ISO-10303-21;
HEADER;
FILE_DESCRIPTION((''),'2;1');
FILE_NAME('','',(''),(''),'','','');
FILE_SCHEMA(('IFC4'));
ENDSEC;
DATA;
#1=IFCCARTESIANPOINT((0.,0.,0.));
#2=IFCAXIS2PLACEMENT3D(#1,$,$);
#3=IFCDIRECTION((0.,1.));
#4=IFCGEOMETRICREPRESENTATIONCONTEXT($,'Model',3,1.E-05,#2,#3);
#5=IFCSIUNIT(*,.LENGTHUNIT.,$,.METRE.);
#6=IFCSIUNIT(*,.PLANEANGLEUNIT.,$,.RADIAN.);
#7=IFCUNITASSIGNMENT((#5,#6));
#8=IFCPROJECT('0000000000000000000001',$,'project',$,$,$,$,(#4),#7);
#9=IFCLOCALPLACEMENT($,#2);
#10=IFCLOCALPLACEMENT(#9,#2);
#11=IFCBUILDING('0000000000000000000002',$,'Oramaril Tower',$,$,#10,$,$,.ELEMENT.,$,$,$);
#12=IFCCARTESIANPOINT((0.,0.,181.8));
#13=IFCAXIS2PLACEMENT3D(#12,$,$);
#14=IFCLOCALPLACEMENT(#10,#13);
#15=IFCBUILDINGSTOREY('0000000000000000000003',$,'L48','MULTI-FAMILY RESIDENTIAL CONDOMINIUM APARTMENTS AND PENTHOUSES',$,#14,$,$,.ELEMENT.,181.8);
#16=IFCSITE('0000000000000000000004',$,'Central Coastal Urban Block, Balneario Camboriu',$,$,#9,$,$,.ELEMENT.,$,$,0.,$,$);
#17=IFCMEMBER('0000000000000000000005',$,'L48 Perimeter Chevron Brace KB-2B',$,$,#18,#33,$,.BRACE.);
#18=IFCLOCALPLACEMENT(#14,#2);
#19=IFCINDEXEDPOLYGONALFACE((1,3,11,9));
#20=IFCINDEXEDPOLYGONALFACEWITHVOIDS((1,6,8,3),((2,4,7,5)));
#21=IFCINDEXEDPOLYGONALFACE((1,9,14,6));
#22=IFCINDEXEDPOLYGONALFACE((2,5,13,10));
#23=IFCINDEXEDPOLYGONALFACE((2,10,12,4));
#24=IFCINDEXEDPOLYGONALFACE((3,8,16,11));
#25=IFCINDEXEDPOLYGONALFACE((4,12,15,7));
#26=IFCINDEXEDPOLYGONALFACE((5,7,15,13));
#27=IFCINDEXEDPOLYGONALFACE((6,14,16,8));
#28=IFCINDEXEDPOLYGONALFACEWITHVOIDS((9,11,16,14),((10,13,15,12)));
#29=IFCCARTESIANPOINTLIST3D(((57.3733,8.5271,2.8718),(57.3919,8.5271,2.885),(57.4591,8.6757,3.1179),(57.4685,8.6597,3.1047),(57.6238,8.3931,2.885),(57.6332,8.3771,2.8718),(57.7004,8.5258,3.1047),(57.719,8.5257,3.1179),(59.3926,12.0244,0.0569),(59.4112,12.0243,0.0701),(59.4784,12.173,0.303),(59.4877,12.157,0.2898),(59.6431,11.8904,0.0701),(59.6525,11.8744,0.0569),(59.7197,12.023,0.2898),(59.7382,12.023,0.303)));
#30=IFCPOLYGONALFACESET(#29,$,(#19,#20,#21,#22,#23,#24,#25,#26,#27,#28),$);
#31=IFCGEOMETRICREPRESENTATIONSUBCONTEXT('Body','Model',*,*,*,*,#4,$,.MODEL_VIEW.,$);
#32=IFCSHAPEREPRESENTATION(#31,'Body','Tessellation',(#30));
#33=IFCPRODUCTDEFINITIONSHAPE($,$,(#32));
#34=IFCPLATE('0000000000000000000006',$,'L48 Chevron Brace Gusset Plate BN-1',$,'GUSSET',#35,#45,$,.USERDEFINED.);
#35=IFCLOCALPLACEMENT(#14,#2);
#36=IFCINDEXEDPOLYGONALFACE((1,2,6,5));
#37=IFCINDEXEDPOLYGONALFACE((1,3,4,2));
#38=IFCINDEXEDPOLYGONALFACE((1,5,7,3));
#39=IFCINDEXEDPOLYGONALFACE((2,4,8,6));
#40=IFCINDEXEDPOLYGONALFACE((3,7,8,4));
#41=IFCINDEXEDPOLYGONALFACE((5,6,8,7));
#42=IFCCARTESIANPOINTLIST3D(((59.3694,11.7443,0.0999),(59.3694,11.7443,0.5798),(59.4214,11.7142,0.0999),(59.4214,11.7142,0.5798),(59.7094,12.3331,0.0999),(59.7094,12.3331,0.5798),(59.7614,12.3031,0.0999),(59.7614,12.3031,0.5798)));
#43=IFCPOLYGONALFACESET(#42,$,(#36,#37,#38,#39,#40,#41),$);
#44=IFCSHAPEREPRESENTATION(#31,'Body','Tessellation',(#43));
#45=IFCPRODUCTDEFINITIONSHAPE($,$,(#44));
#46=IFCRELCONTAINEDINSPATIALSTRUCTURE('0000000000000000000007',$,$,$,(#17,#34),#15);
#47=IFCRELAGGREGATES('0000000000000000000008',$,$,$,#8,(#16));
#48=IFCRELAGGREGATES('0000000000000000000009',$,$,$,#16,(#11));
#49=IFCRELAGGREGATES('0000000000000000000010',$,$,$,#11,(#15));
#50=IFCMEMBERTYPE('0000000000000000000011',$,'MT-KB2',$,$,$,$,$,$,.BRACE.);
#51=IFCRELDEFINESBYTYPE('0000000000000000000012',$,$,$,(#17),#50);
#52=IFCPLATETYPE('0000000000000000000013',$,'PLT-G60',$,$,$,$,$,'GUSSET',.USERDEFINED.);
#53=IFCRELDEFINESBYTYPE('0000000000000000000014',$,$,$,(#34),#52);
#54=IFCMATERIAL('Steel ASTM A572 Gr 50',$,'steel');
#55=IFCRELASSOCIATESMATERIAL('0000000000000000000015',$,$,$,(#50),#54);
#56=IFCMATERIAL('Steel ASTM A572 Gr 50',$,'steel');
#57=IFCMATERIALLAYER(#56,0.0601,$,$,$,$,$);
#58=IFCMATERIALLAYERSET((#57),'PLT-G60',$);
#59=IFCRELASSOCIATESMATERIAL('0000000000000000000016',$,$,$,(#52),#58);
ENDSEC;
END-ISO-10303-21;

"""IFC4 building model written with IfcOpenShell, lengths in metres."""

from ifc_helpers import new_model, si_unit, direction, frame, origin, origin_2d, place, context, subcontext, project, spatial, rectangle, hollow_rectangle, extrude, material, layer, layer_set, material_profile, profile_set, type_object, element, save


model = new_model("IFC4")

# Units and contexts
model_context = context("Model", 3, precision=1e-05, world=origin(), true_north=direction((0.0, 1.0)))
body_context = subcontext(model_context, "Body", "Model", "MODEL_VIEW")
ifc_project = project(units=[si_unit("LENGTHUNIT", "METRE"), si_unit("PLANEANGLEUNIT", "RADIAN")], contexts=[model_context])

# Site, building, storey
site_placement = place(None, origin())
site = spatial("IfcSite", under=ifc_project, at=site_placement, Name="Central Coastal Urban Block, Balneario Camboriu", CompositionType="ELEMENT", RefElevation=0.0)
building_placement = place(site_placement, origin())
building = spatial("IfcBuilding", under=site, at=building_placement, Name="Oramaril Tower", CompositionType="ELEMENT")
storey_placement = place(building_placement, frame((0.0, 0.0, 181.8)))
storey = spatial("IfcBuildingStorey", under=building, at=storey_placement, Name="L48", Description="MULTI-FAMILY RESIDENTIAL CONDOMINIUM APARTMENTS AND PENTHOUSES", CompositionType="ELEMENT", Elevation=181.8)

# Member
ifc_material_1 = material(Name="Steel ASTM A572 Gr 50", Category="steel")
ifc_material_profile_1 = material_profile(ifc_material_1, hollow_rectangle(XDim=0.3, YDim=0.3, WallThickness=0.0161, at=origin_2d()), Name="HSS300X300X16")
ifc_profile_set_1 = profile_set([ifc_material_profile_1], Name="Steel ASTM A572 Gr 50")
member_type = type_object("IfcMemberType", Name="MT-KB2", PredefinedType="BRACE", material=ifc_profile_set_1)
member_placement = place(storey_placement, frame((59.5654, 12.0237, 0.1799), z_axis=(-0.410202, -0.710452, 0.571833), x_axis=(0.866013, -0.500021, 0.0)))
element("IfcMember", 1, at=member_placement, inside=storey, type_object=member_type, Name="L48 Perimeter Chevron Brace KB-2B", PredefinedType="BRACE", context=body_context, shape_type="SweptSolid", body=[
    extrude(hollow_rectangle(XDim=0.3, YDim=0.3, WallThickness=0.0161, at=origin_2d()), origin(), (0.0, 0.0, 1.0), 4.9226),
])

# Plate
ifc_material_2 = material(Name="Steel ASTM A572 Gr 50", Category="steel")
ifc_layer_1 = layer(ifc_material_2, 0.0601)
ifc_layer_set_1 = layer_set([ifc_layer_1], Name="PLT-G60")
plate_type = type_object("IfcPlateType", Name="PLT-G60", ElementType="GUSSET", PredefinedType="USERDEFINED", material=ifc_layer_set_1)
plate_placement = place(storey_placement, frame((59.5654, 12.0237, 0.0999), z_axis=(0.0, 0.0, 1.0), x_axis=(0.500009, 0.86602, 0.0)))
element("IfcPlate", 2, at=plate_placement, inside=storey, type_object=plate_type, Name="L48 Chevron Brace Gusset Plate BN-1", ObjectType="GUSSET", PredefinedType="USERDEFINED", context=body_context, shape_type="SweptSolid", body=[
    extrude(rectangle(XDim=0.6799, YDim=0.0601, at=origin_2d()), origin(), (0.0, 0.0, 1.0), 0.48),
])

save(model, "model.ifc")
